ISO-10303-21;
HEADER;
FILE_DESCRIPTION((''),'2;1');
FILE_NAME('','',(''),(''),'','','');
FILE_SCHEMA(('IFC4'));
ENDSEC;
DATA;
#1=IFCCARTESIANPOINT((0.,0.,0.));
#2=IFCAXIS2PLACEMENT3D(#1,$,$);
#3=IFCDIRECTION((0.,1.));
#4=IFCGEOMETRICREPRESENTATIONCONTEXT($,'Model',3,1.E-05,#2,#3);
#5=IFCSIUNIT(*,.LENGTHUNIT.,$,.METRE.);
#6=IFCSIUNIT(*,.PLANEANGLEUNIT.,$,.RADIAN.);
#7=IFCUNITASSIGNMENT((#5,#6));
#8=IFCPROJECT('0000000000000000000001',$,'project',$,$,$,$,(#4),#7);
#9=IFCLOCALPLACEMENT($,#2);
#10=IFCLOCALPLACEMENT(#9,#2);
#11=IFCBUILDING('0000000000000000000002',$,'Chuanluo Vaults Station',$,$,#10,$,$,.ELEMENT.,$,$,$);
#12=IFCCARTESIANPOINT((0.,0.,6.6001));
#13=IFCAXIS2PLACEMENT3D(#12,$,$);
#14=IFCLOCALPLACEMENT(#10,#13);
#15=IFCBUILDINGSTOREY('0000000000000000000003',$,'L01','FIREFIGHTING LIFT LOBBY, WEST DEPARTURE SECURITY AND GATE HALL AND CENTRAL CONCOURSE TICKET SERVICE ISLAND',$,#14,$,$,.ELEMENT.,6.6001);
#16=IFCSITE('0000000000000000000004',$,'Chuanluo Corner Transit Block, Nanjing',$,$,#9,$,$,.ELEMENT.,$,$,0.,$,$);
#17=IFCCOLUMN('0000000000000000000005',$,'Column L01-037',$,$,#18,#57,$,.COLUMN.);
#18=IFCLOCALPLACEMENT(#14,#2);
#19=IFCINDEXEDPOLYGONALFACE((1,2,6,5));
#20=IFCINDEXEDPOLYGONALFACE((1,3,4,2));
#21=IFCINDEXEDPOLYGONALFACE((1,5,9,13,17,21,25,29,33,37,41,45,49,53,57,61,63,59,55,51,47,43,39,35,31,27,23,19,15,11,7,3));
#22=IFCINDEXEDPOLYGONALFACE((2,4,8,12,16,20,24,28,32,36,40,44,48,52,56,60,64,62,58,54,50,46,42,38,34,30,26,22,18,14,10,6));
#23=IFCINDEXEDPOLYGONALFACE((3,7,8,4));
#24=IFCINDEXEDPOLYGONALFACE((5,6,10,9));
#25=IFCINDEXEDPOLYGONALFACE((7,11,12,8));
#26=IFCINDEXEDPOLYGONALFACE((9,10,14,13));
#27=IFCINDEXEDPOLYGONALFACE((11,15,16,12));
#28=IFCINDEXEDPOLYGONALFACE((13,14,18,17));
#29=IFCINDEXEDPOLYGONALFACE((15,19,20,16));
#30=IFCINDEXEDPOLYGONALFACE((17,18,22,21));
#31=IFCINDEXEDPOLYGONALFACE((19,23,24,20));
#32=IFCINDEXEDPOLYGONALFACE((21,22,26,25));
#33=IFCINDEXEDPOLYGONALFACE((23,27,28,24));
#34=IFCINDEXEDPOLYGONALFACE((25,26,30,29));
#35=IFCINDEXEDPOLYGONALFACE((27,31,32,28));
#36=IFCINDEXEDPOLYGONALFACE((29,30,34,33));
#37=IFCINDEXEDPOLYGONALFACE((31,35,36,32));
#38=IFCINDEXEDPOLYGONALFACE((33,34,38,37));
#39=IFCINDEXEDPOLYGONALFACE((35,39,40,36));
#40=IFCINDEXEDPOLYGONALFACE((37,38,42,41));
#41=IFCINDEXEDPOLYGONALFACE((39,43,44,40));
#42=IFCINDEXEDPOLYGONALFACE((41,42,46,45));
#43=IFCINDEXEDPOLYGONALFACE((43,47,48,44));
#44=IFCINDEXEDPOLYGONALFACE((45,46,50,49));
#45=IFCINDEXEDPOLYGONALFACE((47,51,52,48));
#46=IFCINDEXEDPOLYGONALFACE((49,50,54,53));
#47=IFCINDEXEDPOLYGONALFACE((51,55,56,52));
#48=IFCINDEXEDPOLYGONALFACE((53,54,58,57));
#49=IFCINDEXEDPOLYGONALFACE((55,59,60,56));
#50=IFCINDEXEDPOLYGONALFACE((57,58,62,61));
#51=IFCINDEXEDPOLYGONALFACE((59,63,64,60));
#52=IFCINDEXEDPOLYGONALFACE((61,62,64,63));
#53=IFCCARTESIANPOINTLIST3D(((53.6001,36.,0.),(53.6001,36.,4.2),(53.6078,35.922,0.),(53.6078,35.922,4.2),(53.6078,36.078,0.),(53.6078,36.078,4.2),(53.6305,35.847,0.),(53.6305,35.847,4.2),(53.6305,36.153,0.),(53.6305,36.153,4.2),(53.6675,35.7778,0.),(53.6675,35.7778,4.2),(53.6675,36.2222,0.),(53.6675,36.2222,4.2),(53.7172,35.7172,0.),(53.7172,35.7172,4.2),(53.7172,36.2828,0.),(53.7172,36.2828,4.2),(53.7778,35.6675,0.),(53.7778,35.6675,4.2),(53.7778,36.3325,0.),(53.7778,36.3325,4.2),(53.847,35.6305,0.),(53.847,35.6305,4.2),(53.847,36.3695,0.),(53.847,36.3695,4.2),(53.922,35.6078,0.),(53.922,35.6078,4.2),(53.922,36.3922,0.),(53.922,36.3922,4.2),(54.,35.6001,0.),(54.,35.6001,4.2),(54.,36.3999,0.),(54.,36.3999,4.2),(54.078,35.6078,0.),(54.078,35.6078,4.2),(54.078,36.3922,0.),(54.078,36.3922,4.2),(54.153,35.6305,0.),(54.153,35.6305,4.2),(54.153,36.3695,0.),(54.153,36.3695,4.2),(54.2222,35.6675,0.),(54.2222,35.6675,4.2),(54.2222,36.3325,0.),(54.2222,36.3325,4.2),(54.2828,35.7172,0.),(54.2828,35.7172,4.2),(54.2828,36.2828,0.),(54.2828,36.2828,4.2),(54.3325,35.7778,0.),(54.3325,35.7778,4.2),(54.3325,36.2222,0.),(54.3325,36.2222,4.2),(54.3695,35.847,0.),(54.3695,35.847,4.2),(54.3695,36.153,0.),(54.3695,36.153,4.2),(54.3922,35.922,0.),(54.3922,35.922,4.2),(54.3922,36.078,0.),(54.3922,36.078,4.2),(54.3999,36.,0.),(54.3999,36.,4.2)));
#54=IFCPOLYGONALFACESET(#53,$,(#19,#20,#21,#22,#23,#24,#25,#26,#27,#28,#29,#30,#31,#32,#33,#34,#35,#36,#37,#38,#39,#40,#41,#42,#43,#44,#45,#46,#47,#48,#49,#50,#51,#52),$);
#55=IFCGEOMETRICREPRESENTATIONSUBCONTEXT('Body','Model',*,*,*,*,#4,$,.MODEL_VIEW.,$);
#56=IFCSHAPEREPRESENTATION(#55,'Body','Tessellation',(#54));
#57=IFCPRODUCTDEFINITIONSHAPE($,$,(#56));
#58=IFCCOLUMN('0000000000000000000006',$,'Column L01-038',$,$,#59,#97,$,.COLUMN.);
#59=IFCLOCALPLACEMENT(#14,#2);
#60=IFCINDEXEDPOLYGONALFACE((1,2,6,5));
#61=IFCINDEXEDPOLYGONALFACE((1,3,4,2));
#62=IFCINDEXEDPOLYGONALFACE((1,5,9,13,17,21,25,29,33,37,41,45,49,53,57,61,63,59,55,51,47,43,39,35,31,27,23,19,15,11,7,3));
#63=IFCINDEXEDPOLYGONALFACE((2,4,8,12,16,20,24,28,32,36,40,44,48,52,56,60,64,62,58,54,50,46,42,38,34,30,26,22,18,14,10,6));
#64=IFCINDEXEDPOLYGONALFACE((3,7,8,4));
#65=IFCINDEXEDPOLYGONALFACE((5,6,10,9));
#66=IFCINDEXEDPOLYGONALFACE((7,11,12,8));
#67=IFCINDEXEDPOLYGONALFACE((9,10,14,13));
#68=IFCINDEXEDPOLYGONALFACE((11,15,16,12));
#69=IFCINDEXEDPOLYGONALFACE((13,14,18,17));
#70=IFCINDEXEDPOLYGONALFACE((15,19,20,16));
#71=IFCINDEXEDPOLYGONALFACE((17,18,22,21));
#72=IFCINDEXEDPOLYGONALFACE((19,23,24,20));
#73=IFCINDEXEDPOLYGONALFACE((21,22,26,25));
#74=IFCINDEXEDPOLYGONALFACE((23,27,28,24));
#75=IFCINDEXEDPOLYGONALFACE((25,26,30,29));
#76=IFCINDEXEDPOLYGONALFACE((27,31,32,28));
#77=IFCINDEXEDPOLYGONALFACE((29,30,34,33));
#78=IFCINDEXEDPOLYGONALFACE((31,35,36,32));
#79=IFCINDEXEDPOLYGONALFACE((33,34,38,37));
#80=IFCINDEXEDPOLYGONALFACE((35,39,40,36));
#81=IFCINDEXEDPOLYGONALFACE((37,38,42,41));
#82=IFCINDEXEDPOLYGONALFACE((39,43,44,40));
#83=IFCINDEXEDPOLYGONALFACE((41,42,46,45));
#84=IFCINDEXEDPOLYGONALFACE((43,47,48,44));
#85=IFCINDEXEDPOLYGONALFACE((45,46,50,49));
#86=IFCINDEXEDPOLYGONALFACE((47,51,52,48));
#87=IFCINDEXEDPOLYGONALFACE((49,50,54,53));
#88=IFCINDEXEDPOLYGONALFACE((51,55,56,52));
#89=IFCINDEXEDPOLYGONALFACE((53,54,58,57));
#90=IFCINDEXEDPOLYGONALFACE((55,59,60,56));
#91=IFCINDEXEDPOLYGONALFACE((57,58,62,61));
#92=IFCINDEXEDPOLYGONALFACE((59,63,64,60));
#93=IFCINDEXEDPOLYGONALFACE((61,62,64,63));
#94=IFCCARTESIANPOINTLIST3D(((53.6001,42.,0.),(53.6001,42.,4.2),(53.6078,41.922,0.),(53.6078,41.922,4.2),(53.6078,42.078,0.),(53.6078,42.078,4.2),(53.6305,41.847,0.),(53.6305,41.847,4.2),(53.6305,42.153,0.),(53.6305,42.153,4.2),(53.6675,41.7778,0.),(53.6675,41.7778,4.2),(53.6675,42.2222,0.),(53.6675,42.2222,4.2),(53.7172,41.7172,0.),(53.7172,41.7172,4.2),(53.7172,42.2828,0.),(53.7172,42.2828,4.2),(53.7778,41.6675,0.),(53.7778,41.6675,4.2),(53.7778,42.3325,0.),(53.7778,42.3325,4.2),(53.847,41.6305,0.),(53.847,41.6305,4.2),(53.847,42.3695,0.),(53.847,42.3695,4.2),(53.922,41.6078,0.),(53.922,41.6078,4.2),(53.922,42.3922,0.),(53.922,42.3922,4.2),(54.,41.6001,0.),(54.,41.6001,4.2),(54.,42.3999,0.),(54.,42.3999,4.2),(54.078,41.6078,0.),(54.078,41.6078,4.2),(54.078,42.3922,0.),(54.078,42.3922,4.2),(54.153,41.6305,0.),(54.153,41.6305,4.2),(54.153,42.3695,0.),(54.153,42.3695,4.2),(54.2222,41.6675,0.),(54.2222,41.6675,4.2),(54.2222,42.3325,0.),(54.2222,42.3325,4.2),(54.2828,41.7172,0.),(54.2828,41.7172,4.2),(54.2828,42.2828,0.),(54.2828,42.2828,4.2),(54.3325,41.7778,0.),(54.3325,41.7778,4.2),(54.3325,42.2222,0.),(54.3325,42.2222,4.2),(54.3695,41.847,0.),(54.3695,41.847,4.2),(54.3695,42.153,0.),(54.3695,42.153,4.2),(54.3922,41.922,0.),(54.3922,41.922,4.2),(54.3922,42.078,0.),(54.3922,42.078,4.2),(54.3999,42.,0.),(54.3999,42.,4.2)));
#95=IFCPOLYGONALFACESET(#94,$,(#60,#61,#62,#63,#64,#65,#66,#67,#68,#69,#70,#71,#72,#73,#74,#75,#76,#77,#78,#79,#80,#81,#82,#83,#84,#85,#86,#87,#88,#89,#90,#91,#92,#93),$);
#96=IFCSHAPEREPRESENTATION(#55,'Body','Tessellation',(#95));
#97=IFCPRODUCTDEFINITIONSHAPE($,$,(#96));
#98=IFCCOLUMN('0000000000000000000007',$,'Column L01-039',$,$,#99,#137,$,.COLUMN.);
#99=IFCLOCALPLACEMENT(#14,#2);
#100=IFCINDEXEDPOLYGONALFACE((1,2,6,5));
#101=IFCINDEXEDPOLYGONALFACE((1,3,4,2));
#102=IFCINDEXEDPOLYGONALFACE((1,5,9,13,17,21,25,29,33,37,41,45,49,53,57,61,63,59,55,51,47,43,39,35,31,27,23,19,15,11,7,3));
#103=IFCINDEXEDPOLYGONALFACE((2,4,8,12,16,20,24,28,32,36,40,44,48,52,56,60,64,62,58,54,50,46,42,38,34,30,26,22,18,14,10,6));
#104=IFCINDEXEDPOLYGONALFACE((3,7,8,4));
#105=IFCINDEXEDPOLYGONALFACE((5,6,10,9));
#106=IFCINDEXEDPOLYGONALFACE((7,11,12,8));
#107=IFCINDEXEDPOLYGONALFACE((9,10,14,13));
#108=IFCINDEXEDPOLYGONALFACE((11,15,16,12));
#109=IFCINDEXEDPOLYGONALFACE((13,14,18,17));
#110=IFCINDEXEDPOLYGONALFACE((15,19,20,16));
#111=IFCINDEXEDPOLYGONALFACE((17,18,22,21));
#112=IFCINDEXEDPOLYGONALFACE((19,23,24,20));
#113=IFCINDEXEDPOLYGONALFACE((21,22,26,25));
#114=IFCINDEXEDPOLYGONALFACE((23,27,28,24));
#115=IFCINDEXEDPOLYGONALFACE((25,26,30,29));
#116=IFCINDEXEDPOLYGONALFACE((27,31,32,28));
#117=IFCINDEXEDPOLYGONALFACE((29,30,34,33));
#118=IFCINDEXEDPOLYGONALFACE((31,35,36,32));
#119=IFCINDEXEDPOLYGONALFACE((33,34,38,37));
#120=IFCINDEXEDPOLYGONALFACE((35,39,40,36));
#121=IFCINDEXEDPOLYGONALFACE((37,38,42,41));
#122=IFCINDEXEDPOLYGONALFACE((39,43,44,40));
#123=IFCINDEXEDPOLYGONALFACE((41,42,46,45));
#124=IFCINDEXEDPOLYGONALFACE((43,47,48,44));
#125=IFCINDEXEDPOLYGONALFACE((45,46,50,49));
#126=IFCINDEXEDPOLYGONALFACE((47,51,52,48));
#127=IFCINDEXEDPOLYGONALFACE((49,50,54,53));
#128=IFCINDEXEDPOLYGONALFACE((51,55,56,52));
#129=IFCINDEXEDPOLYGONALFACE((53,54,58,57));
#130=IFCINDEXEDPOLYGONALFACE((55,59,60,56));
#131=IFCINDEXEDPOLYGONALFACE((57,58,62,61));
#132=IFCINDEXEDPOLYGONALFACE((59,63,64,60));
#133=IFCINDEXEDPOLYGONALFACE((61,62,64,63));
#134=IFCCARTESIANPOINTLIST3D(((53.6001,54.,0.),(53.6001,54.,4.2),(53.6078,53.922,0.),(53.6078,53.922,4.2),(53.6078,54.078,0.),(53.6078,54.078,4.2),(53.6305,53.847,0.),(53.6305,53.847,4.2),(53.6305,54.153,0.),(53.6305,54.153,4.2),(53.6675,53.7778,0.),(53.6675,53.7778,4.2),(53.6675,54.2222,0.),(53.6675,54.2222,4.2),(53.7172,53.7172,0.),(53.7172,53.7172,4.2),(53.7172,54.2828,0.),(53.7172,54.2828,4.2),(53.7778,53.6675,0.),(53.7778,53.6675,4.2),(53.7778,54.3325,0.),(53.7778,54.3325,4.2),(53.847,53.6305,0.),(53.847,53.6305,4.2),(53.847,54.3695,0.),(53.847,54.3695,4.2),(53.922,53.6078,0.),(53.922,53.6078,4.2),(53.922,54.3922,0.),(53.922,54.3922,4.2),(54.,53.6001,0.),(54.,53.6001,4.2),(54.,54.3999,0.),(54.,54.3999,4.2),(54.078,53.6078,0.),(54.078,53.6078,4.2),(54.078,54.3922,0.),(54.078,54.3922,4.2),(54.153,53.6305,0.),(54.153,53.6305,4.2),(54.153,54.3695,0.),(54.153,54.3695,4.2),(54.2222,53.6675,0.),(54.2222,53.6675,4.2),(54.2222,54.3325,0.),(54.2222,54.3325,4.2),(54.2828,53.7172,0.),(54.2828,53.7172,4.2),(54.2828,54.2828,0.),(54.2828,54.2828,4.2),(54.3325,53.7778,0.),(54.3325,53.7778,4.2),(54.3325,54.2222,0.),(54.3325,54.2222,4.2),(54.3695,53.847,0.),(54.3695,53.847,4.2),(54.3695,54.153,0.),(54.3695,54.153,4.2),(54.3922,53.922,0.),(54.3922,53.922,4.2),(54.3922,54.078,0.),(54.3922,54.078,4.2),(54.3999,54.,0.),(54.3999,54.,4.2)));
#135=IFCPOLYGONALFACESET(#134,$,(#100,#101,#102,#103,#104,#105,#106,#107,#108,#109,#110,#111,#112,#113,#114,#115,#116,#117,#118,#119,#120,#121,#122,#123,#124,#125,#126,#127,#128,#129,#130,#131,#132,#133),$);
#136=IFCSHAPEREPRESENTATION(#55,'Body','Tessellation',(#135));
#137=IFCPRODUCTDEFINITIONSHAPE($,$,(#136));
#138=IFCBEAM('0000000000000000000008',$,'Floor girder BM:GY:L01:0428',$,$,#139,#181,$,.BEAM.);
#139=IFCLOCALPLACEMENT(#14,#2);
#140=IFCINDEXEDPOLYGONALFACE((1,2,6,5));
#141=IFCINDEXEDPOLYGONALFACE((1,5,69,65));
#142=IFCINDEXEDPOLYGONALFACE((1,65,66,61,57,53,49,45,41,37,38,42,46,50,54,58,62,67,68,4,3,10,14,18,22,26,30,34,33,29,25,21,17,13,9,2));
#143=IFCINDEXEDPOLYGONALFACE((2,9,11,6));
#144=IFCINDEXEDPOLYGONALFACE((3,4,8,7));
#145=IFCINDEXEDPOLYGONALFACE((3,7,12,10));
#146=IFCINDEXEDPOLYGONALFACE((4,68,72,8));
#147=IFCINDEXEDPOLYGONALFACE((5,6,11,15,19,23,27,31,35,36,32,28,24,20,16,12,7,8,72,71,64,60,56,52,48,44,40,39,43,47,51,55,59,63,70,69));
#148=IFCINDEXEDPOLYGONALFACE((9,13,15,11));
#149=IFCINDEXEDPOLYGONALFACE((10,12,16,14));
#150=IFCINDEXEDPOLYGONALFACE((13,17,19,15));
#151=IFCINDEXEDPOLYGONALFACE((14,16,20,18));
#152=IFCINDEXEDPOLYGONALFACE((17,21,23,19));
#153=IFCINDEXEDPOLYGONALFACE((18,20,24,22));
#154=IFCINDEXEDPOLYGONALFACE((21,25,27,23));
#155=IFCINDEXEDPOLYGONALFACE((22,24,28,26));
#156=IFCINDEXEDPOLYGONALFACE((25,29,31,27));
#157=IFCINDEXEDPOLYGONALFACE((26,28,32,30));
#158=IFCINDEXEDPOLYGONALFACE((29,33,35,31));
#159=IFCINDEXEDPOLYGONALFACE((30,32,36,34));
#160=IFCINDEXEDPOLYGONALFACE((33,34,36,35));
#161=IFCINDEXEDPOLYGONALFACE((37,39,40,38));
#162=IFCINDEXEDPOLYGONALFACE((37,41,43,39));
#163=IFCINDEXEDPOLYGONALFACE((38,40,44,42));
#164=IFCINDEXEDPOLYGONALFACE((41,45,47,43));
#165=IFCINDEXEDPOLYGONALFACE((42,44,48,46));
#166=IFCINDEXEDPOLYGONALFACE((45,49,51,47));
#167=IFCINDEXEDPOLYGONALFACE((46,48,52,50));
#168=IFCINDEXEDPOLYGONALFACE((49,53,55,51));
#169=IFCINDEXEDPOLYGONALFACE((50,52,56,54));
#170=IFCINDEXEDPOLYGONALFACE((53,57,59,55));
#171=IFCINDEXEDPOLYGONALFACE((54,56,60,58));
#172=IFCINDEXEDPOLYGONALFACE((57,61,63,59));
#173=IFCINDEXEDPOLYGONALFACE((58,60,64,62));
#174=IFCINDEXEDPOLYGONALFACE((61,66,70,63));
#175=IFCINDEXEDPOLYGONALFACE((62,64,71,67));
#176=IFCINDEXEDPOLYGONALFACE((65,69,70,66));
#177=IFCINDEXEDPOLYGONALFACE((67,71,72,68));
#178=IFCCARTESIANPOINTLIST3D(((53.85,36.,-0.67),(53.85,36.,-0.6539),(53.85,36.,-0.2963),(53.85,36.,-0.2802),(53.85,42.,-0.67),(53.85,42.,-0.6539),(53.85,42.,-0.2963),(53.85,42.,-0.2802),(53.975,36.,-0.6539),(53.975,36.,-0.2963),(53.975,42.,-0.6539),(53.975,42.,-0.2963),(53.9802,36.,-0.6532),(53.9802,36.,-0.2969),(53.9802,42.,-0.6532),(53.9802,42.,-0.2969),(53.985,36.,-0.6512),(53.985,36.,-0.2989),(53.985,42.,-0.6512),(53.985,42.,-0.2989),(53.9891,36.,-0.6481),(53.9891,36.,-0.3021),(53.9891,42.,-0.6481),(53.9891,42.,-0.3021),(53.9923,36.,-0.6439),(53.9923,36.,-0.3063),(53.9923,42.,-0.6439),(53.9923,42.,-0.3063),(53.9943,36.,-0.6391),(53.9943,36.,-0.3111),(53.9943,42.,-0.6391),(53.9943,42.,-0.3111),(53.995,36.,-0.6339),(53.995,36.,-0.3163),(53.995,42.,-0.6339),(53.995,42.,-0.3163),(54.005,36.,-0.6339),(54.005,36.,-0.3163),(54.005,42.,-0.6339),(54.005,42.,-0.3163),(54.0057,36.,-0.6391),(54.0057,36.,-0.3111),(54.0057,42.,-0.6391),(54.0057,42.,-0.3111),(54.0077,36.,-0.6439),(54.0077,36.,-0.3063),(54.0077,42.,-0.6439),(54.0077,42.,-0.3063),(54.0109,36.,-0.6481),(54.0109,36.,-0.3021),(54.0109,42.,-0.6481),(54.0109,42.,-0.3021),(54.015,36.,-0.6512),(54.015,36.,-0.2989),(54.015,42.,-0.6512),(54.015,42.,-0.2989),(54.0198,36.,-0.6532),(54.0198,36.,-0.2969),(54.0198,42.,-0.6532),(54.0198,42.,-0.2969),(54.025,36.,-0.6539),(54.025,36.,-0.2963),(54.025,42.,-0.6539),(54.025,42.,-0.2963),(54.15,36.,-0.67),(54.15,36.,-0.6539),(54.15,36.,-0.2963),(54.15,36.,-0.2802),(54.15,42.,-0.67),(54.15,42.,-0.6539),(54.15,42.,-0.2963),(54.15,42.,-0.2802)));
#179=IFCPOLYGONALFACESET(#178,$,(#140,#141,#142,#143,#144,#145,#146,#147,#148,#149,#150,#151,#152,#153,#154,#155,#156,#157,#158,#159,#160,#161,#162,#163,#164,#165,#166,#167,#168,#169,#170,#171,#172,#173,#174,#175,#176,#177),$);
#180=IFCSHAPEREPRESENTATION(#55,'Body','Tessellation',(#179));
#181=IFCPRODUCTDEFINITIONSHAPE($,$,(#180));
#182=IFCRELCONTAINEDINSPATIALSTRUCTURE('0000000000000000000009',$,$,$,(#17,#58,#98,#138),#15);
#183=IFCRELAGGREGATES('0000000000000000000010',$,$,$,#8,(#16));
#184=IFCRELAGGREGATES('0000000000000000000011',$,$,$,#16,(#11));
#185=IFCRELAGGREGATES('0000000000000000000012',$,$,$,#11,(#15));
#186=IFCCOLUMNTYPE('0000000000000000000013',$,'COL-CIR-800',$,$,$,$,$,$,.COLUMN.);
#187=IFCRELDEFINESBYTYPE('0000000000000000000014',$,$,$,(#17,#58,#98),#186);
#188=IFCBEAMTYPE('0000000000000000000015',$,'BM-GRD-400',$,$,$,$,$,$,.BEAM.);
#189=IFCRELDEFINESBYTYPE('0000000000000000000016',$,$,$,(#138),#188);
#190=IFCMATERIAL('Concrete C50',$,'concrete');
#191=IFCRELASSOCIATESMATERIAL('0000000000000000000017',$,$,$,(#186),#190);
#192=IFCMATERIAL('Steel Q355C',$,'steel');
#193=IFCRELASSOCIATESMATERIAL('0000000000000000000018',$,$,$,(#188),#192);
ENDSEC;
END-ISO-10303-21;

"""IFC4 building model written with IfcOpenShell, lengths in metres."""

from ifc_helpers import new_model, si_unit, direction, frame, origin, origin_2d, place, context, subcontext, project, spatial, circle, i_section, extrude, material, material_profile, profile_set, type_object, element, save


model = new_model("IFC4")

# Units and contexts
model_context = context("Model", 3, precision=1e-05, world=origin(), true_north=direction((0.0, 1.0)))
body_context = subcontext(model_context, "Body", "Model", "MODEL_VIEW")
ifc_project = project(units=[si_unit("LENGTHUNIT", "METRE"), si_unit("PLANEANGLEUNIT", "RADIAN")], contexts=[model_context])

# Site, building, storey
site_placement = place(None, origin())
site = spatial("IfcSite", under=ifc_project, at=site_placement, Name="Chuanluo Corner Transit Block, Nanjing", CompositionType="ELEMENT", RefElevation=0.0)
building_placement = place(site_placement, origin())
building = spatial("IfcBuilding", under=site, at=building_placement, Name="Chuanluo Vaults Station", CompositionType="ELEMENT")
storey_placement = place(building_placement, frame((0.0, 0.0, 6.6001)))
storey = spatial("IfcBuildingStorey", under=building, at=storey_placement, Name="L01", Description="FIREFIGHTING LIFT LOBBY, WEST DEPARTURE SECURITY AND GATE HALL AND CENTRAL CONCOURSE TICKET SERVICE ISLAND", CompositionType="ELEMENT", Elevation=6.6001)

# Columns
ifc_material_1 = material(Name="Concrete C50", Category="concrete")
ifc_material_profile_1 = material_profile(ifc_material_1, circle(Radius=0.3999, at=origin_2d()))
ifc_profile_set_1 = profile_set([ifc_material_profile_1], Name="Concrete C50")
column_type = type_object("IfcColumnType", Name="COL-CIR-800", PredefinedType="COLUMN", material=ifc_profile_set_1)
for number, where, z_axis, x_axis, name in (
    (1, (54.0, 36.0, 0.0), (0.0, 0.0, 1.0), (1.0, 0.0, 0.0), "Column L01-037"),
    (2, (54.0, 42.0, 0.0), (0.0, 0.0, 1.0), (1.0, 0.0, 0.0), "Column L01-038"),
    (3, (54.0, 54.0, 0.0), (0.0, 0.0, 1.0), (1.0, 0.0, 0.0), "Column L01-039"),
):
    element("IfcColumn", number, at=place(storey_placement, frame(where, z_axis=z_axis, x_axis=x_axis)), inside=storey, type_object=column_type, Name=name, PredefinedType="COLUMN", context=body_context, shape_type="SweptSolid", body=[
        extrude(circle(Radius=0.3999, at=origin_2d()), origin(), (0.0, 0.0, 1.0), 4.2),
    ])

# Beam
ifc_material_2 = material(Name="Steel Q355C", Category="steel")
ifc_material_profile_2 = material_profile(ifc_material_2, i_section(OverallWidth=0.3, OverallDepth=0.3899, WebThickness=0.01, FlangeThickness=0.0161, FilletRadius=0.02, at=origin_2d()))
ifc_profile_set_2 = profile_set([ifc_material_profile_2], Name="Steel Q355C")
beam_type_1 = type_object("IfcBeamType", Name="BM-GRD-400", PredefinedType="BEAM", material=ifc_profile_set_2)
beam_1_placement = place(storey_placement, frame((54.0, 36.0, -0.4751), z_axis=(0.0, 1.0, 0.0), x_axis=(-1.0, 0.0, 0.0)))
element("IfcBeam", 4, at=beam_1_placement, inside=storey, type_object=beam_type_1, Name="Floor girder BM:GY:L01:0428", PredefinedType="BEAM", context=body_context, shape_type="SweptSolid", body=[
    extrude(i_section(OverallWidth=0.3, OverallDepth=0.3899, WebThickness=0.01, FlangeThickness=0.0161, FilletRadius=0.02, at=origin_2d()), origin(), (0.0, 0.0, 1.0), 6.0),
])

save(model, "model.ifc")
